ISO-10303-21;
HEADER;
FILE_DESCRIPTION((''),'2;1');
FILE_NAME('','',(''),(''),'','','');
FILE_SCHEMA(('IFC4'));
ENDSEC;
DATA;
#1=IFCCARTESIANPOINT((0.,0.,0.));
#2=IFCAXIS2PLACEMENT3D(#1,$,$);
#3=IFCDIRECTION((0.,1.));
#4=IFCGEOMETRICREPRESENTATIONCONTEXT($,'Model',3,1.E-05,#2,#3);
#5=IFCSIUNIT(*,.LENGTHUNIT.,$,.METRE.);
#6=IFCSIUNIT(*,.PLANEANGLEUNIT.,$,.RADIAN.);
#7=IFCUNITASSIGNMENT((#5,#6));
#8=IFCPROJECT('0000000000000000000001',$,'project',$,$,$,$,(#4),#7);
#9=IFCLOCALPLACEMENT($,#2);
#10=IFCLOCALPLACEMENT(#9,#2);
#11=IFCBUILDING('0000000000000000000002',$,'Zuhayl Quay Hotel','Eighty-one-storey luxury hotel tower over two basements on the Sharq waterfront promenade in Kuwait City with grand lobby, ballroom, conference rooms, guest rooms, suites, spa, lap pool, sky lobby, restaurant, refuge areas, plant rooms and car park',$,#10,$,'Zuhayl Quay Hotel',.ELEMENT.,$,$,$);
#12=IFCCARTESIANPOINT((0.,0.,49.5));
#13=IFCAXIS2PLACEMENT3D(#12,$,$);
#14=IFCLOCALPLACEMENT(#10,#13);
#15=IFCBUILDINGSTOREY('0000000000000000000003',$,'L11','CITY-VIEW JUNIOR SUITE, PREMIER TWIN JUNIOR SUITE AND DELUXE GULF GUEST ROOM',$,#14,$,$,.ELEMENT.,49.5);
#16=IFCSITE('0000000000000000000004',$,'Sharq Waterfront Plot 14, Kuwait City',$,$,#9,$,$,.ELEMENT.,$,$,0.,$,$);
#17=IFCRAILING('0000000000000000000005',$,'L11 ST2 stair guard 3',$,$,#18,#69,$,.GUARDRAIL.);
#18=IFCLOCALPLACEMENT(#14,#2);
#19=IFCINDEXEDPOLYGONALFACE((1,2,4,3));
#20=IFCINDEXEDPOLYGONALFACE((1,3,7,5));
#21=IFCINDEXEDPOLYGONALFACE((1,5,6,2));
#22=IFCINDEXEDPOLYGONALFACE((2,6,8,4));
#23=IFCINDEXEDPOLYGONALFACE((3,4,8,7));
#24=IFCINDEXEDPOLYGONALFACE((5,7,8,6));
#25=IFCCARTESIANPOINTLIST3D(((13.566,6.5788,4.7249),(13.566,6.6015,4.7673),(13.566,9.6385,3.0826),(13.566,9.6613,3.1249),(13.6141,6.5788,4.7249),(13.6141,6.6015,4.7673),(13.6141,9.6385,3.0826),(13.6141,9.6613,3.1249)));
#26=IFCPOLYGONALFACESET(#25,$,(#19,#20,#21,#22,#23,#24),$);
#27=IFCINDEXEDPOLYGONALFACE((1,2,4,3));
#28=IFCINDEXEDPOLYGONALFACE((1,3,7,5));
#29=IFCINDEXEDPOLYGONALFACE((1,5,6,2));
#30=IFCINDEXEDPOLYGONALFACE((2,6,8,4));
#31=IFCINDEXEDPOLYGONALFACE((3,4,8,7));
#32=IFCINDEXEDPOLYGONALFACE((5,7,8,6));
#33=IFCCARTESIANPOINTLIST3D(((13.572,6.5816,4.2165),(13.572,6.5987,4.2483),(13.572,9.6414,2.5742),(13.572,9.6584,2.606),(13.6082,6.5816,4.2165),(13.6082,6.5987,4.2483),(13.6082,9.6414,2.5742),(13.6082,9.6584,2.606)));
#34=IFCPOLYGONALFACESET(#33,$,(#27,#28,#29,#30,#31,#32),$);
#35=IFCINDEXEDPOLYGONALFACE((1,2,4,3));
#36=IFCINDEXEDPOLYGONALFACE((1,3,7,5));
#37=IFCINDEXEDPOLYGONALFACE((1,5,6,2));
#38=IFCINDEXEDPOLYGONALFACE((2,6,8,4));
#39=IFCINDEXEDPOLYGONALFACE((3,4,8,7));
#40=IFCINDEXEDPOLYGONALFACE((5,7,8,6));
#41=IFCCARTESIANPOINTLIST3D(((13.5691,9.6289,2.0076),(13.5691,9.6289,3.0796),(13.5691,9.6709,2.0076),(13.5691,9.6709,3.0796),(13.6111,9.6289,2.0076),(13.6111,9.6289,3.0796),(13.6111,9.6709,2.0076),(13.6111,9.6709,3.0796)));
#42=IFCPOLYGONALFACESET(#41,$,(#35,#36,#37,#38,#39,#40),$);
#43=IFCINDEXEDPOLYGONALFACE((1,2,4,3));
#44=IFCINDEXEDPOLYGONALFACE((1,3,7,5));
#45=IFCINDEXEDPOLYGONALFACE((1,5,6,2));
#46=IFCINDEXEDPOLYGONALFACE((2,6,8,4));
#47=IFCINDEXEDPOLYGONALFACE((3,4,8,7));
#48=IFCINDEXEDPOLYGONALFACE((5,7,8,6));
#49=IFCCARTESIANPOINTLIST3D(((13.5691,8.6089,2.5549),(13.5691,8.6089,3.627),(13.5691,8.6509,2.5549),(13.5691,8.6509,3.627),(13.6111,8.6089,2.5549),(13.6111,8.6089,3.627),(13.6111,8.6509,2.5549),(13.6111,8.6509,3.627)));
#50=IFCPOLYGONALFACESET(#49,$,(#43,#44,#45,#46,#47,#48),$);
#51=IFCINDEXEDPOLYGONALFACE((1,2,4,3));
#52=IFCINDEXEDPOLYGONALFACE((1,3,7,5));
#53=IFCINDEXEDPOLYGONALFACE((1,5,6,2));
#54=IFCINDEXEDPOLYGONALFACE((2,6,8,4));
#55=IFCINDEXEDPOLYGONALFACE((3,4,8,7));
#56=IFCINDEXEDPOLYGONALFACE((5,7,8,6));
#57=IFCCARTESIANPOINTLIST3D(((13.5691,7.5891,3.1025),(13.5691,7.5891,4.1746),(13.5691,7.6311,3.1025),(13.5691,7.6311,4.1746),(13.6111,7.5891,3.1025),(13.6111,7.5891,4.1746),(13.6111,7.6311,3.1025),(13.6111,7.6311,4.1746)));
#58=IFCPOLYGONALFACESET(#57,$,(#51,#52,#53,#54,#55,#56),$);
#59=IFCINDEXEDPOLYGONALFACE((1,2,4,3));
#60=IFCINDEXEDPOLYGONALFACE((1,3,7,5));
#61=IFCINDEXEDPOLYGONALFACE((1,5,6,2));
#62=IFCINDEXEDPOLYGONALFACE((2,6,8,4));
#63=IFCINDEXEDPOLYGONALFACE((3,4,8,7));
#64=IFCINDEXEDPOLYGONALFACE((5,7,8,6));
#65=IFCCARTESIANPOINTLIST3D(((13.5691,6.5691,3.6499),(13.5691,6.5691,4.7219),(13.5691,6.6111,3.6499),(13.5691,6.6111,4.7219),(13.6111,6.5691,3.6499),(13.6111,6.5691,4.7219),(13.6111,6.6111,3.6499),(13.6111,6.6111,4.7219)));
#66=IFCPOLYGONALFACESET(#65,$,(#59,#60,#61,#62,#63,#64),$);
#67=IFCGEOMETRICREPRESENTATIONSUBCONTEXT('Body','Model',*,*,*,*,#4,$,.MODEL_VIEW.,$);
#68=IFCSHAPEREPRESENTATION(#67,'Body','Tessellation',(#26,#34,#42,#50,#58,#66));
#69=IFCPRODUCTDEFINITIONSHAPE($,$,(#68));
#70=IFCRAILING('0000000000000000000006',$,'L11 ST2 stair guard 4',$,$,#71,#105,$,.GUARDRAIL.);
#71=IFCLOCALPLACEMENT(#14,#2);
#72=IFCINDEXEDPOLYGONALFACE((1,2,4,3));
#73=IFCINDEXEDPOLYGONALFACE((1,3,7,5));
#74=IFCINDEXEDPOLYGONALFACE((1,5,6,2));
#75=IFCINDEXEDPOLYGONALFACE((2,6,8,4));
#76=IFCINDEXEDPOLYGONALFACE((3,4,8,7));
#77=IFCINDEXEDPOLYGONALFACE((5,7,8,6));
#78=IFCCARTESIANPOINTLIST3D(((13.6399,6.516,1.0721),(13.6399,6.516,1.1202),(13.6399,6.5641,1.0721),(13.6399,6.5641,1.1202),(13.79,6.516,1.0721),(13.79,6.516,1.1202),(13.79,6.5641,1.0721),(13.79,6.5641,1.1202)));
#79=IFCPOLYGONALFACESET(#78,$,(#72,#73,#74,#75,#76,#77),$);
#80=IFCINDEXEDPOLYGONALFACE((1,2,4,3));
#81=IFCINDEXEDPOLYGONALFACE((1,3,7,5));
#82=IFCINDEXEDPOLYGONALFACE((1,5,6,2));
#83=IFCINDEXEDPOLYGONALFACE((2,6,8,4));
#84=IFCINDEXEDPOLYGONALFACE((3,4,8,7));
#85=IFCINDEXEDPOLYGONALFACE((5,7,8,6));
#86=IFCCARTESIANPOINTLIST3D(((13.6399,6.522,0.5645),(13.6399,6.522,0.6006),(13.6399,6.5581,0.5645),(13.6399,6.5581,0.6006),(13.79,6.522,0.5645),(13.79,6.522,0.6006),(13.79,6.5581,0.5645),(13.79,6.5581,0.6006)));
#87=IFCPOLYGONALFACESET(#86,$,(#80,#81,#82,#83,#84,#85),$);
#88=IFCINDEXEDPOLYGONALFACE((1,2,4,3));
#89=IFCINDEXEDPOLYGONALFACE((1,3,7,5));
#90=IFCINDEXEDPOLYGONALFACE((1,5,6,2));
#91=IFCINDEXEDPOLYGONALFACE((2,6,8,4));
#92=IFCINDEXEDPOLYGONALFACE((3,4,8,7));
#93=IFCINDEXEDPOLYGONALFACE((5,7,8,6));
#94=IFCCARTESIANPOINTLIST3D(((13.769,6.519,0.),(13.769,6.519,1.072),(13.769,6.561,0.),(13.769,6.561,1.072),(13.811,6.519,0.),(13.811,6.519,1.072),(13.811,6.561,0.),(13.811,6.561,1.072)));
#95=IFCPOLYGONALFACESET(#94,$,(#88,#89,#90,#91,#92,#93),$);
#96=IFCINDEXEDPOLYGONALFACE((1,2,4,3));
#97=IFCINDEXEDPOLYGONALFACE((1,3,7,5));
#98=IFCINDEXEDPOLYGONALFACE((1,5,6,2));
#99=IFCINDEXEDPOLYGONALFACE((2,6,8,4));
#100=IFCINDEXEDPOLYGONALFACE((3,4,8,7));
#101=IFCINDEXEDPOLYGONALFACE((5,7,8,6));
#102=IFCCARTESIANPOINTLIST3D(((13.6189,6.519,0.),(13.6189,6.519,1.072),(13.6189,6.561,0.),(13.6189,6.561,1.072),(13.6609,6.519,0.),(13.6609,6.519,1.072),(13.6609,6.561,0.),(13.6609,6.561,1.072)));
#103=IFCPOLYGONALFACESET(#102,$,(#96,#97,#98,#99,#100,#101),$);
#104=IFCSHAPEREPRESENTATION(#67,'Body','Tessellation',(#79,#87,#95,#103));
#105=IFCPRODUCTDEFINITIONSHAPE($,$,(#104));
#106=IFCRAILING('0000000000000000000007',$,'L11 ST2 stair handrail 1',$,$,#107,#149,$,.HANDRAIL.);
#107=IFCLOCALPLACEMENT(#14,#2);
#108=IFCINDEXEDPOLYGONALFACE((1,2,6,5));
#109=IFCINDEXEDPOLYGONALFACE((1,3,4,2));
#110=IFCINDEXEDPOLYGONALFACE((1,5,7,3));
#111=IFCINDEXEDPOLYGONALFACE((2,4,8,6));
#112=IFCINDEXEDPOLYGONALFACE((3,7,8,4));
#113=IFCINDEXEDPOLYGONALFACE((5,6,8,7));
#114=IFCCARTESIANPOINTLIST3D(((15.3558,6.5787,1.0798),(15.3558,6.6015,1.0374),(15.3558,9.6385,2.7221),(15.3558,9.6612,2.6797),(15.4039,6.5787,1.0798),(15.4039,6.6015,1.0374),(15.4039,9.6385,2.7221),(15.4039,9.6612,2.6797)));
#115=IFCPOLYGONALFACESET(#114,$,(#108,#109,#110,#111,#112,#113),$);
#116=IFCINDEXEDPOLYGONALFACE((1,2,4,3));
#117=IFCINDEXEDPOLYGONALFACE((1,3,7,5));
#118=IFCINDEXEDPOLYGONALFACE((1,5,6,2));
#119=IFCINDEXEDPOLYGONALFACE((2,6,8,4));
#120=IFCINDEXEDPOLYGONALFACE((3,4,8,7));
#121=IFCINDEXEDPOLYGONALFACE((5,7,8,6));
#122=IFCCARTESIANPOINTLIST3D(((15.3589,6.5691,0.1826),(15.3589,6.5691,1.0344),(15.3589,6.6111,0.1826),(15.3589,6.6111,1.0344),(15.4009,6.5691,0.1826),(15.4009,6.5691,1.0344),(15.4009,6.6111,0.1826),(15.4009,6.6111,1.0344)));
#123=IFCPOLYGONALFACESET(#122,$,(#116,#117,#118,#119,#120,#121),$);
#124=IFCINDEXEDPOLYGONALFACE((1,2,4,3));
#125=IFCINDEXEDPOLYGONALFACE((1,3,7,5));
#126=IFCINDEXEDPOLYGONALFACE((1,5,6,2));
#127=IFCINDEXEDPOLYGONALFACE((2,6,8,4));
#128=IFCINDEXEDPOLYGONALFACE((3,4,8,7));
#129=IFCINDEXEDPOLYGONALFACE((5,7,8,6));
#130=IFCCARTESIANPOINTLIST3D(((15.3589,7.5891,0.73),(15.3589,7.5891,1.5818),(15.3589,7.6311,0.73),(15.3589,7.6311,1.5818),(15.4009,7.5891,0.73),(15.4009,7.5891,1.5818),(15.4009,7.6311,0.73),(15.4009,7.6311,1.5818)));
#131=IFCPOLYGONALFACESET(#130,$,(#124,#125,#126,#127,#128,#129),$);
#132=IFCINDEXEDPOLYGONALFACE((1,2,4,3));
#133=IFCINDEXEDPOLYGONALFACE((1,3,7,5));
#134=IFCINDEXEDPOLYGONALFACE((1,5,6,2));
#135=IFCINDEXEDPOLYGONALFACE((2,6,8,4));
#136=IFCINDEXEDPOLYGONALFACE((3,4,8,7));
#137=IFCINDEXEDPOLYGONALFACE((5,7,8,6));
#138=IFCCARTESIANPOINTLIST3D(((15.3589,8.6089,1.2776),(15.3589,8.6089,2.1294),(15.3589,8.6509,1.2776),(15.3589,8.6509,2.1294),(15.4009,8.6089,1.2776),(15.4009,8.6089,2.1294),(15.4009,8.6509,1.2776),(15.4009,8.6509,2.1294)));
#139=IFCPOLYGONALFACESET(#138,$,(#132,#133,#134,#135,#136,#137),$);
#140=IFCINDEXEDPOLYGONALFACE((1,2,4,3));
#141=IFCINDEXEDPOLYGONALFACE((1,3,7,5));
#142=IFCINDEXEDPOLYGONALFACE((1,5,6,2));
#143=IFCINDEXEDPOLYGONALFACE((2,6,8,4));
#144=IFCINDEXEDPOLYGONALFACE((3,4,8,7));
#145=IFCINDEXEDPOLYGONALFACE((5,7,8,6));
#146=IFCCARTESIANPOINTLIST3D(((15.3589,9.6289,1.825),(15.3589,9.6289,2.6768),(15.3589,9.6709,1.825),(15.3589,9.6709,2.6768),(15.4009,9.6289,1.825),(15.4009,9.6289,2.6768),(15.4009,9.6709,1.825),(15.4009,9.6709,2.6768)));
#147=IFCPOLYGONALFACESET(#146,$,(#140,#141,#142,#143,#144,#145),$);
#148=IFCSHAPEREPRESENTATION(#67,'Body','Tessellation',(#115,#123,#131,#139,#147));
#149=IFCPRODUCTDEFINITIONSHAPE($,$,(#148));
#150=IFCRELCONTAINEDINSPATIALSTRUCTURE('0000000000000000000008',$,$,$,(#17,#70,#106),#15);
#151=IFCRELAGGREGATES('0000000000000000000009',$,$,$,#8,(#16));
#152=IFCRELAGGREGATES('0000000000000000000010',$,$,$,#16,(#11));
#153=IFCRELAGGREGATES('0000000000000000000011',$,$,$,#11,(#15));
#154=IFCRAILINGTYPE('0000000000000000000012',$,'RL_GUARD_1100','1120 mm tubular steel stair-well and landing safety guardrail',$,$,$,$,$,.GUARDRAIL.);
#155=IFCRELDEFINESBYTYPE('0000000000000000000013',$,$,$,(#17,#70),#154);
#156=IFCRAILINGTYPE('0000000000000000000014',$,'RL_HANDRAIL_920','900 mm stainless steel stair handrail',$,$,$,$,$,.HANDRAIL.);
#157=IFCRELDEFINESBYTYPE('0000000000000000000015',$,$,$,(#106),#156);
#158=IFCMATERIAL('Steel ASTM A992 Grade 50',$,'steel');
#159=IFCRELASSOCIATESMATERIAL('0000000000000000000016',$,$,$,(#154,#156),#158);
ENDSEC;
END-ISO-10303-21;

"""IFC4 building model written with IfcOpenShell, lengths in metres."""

from ifc_helpers import new_model, si_unit, direction, frame, origin, origin_2d, place, context, subcontext, project, spatial, rectangle, extrude, material, type_object, element, save


model = new_model("IFC4")

# Units and contexts
model_context = context("Model", 3, precision=1e-05, world=origin(), true_north=direction((0.0, 1.0)))
body_context = subcontext(model_context, "Body", "Model", "MODEL_VIEW")
ifc_project = project(units=[si_unit("LENGTHUNIT", "METRE"), si_unit("PLANEANGLEUNIT", "RADIAN")], contexts=[model_context])

# Site, building, storey
site_placement = place(None, origin())
site = spatial("IfcSite", under=ifc_project, at=site_placement, Name="Sharq Waterfront Plot 14, Kuwait City", CompositionType="ELEMENT", RefElevation=0.0)
building_placement = place(site_placement, origin())
building = spatial("IfcBuilding", under=site, at=building_placement, Name="Zuhayl Quay Hotel", Description="Eighty-one-storey luxury hotel tower over two basements on the Sharq waterfront promenade in Kuwait City with grand lobby, ballroom, conference rooms, guest rooms, suites, spa, lap pool, sky lobby, restaurant, refuge areas, plant rooms and car park", LongName="Zuhayl Quay Hotel", CompositionType="ELEMENT")
storey_placement = place(building_placement, frame((0.0, 0.0, 49.5)))
storey = spatial("IfcBuildingStorey", under=building, at=storey_placement, Name="L11", Description="CITY-VIEW JUNIOR SUITE, PREMIER TWIN JUNIOR SUITE AND DELUXE GULF GUEST ROOM", CompositionType="ELEMENT", Elevation=49.5)

# Shared definitions
ifc_material_1 = material(Name="Steel ASTM A992 Grade 50", Category="steel")

# Railings
railing_type_1 = type_object("IfcRailingType", Name="RL_GUARD_1100", Description="1120 mm tubular steel stair-well and landing safety guardrail", PredefinedType="GUARDRAIL", material=ifc_material_1)
railing_1_placement = place(storey_placement, frame((13.5901, 9.6499, 2.0076)))
element("IfcRailing", 1, at=railing_1_placement, inside=storey, type_object=railing_type_1, Name="L11 ST2 stair guard 3", PredefinedType="GUARDRAIL", context=body_context, shape_type="SweptSolid", body=[
    extrude(rectangle(XDim=0.0481, YDim=0.0481, at=origin_2d()), frame((0.0, 0.0, 1.0962), z_axis=(0.0, -0.881102, 0.472926), x_axis=(1.0, 0.0, 0.0)), (0.0, 0.0, 1.0), 3.4727),
    extrude(rectangle(XDim=0.0361, YDim=0.0361, at=origin_2d()), frame((0.0, 0.0, 0.5825), z_axis=(0.0, -0.881102, 0.472926), x_axis=(1.0, 0.0, 0.0)), (0.0, 0.0, 1.0), 3.4727),
    extrude(rectangle(XDim=0.042, YDim=0.042, at=origin_2d()), origin(), (0.0, 0.0, 1.0), 1.072),
    extrude(rectangle(XDim=0.042, YDim=0.042, at=origin_2d()), frame((0.0, -1.02, 0.5474)), (0.0, 0.0, 1.0), 1.072),
    extrude(rectangle(XDim=0.042, YDim=0.042, at=origin_2d()), frame((0.0, -2.0398, 1.095)), (0.0, 0.0, 1.0), 1.072),
    extrude(rectangle(XDim=0.042, YDim=0.042, at=origin_2d()), frame((0.0, -3.0598, 1.6423)), (0.0, 0.0, 1.0), 1.072),
])
railing_2_placement = place(storey_placement, frame((13.79, 6.54, 0.0)))
element("IfcRailing", 2, at=railing_2_placement, inside=storey, type_object=railing_type_1, Name="L11 ST2 stair guard 4", PredefinedType="GUARDRAIL", context=body_context, shape_type="SweptSolid", body=[
    extrude(rectangle(XDim=0.0481, YDim=0.0481, at=origin_2d()), frame((0.0, 0.0, 1.0962), z_axis=(-1.0, 0.0, 0.0), x_axis=(0.0, -1.0, 0.0)), (0.0, 0.0, 1.0), 0.1501),
    extrude(rectangle(XDim=0.0361, YDim=0.0361, at=origin_2d()), frame((0.0, 0.0, 0.5825), z_axis=(-1.0, 0.0, 0.0), x_axis=(0.0, -1.0, 0.0)), (0.0, 0.0, 1.0), 0.1501),
    extrude(rectangle(XDim=0.042, YDim=0.042, at=origin_2d()), origin(), (0.0, 0.0, 1.0), 1.072),
    extrude(rectangle(XDim=0.042, YDim=0.042, at=origin_2d()), frame((-0.1501, 0.0, 0.0)), (0.0, 0.0, 1.0), 1.072),
])
railing_type_2 = type_object("IfcRailingType", Name="RL_HANDRAIL_920", Description="900 mm stainless steel stair handrail", PredefinedType="HANDRAIL", material=ifc_material_1)
railing_3_placement = place(storey_placement, frame((15.3799, 6.5901, 0.1826)))
element("IfcRailing", 3, at=railing_3_placement, inside=storey, type_object=railing_type_2, Name="L11 ST2 stair handrail 1", PredefinedType="HANDRAIL", context=body_context, shape_type="SweptSolid", body=[
    extrude(rectangle(XDim=0.0481, YDim=0.0481, at=origin_2d()), frame((0.0, 0.0, 0.876), z_axis=(0.0, 0.881102, 0.472926), x_axis=(-1.0, 0.0, 0.0)), (0.0, 0.0, 1.0), 3.4727),
    extrude(rectangle(XDim=0.042, YDim=0.042, at=origin_2d()), origin(), (0.0, 0.0, 1.0), 0.8518),
    extrude(rectangle(XDim=0.042, YDim=0.042, at=origin_2d()), frame((0.0, 1.02, 0.5474)), (0.0, 0.0, 1.0), 0.8518),
    extrude(rectangle(XDim=0.042, YDim=0.042, at=origin_2d()), frame((0.0, 2.0398, 1.095)), (0.0, 0.0, 1.0), 0.8518),
    extrude(rectangle(XDim=0.042, YDim=0.042, at=origin_2d()), frame((0.0, 3.0598, 1.6423)), (0.0, 0.0, 1.0), 0.8518),
])

save(model, "model.ifc")
